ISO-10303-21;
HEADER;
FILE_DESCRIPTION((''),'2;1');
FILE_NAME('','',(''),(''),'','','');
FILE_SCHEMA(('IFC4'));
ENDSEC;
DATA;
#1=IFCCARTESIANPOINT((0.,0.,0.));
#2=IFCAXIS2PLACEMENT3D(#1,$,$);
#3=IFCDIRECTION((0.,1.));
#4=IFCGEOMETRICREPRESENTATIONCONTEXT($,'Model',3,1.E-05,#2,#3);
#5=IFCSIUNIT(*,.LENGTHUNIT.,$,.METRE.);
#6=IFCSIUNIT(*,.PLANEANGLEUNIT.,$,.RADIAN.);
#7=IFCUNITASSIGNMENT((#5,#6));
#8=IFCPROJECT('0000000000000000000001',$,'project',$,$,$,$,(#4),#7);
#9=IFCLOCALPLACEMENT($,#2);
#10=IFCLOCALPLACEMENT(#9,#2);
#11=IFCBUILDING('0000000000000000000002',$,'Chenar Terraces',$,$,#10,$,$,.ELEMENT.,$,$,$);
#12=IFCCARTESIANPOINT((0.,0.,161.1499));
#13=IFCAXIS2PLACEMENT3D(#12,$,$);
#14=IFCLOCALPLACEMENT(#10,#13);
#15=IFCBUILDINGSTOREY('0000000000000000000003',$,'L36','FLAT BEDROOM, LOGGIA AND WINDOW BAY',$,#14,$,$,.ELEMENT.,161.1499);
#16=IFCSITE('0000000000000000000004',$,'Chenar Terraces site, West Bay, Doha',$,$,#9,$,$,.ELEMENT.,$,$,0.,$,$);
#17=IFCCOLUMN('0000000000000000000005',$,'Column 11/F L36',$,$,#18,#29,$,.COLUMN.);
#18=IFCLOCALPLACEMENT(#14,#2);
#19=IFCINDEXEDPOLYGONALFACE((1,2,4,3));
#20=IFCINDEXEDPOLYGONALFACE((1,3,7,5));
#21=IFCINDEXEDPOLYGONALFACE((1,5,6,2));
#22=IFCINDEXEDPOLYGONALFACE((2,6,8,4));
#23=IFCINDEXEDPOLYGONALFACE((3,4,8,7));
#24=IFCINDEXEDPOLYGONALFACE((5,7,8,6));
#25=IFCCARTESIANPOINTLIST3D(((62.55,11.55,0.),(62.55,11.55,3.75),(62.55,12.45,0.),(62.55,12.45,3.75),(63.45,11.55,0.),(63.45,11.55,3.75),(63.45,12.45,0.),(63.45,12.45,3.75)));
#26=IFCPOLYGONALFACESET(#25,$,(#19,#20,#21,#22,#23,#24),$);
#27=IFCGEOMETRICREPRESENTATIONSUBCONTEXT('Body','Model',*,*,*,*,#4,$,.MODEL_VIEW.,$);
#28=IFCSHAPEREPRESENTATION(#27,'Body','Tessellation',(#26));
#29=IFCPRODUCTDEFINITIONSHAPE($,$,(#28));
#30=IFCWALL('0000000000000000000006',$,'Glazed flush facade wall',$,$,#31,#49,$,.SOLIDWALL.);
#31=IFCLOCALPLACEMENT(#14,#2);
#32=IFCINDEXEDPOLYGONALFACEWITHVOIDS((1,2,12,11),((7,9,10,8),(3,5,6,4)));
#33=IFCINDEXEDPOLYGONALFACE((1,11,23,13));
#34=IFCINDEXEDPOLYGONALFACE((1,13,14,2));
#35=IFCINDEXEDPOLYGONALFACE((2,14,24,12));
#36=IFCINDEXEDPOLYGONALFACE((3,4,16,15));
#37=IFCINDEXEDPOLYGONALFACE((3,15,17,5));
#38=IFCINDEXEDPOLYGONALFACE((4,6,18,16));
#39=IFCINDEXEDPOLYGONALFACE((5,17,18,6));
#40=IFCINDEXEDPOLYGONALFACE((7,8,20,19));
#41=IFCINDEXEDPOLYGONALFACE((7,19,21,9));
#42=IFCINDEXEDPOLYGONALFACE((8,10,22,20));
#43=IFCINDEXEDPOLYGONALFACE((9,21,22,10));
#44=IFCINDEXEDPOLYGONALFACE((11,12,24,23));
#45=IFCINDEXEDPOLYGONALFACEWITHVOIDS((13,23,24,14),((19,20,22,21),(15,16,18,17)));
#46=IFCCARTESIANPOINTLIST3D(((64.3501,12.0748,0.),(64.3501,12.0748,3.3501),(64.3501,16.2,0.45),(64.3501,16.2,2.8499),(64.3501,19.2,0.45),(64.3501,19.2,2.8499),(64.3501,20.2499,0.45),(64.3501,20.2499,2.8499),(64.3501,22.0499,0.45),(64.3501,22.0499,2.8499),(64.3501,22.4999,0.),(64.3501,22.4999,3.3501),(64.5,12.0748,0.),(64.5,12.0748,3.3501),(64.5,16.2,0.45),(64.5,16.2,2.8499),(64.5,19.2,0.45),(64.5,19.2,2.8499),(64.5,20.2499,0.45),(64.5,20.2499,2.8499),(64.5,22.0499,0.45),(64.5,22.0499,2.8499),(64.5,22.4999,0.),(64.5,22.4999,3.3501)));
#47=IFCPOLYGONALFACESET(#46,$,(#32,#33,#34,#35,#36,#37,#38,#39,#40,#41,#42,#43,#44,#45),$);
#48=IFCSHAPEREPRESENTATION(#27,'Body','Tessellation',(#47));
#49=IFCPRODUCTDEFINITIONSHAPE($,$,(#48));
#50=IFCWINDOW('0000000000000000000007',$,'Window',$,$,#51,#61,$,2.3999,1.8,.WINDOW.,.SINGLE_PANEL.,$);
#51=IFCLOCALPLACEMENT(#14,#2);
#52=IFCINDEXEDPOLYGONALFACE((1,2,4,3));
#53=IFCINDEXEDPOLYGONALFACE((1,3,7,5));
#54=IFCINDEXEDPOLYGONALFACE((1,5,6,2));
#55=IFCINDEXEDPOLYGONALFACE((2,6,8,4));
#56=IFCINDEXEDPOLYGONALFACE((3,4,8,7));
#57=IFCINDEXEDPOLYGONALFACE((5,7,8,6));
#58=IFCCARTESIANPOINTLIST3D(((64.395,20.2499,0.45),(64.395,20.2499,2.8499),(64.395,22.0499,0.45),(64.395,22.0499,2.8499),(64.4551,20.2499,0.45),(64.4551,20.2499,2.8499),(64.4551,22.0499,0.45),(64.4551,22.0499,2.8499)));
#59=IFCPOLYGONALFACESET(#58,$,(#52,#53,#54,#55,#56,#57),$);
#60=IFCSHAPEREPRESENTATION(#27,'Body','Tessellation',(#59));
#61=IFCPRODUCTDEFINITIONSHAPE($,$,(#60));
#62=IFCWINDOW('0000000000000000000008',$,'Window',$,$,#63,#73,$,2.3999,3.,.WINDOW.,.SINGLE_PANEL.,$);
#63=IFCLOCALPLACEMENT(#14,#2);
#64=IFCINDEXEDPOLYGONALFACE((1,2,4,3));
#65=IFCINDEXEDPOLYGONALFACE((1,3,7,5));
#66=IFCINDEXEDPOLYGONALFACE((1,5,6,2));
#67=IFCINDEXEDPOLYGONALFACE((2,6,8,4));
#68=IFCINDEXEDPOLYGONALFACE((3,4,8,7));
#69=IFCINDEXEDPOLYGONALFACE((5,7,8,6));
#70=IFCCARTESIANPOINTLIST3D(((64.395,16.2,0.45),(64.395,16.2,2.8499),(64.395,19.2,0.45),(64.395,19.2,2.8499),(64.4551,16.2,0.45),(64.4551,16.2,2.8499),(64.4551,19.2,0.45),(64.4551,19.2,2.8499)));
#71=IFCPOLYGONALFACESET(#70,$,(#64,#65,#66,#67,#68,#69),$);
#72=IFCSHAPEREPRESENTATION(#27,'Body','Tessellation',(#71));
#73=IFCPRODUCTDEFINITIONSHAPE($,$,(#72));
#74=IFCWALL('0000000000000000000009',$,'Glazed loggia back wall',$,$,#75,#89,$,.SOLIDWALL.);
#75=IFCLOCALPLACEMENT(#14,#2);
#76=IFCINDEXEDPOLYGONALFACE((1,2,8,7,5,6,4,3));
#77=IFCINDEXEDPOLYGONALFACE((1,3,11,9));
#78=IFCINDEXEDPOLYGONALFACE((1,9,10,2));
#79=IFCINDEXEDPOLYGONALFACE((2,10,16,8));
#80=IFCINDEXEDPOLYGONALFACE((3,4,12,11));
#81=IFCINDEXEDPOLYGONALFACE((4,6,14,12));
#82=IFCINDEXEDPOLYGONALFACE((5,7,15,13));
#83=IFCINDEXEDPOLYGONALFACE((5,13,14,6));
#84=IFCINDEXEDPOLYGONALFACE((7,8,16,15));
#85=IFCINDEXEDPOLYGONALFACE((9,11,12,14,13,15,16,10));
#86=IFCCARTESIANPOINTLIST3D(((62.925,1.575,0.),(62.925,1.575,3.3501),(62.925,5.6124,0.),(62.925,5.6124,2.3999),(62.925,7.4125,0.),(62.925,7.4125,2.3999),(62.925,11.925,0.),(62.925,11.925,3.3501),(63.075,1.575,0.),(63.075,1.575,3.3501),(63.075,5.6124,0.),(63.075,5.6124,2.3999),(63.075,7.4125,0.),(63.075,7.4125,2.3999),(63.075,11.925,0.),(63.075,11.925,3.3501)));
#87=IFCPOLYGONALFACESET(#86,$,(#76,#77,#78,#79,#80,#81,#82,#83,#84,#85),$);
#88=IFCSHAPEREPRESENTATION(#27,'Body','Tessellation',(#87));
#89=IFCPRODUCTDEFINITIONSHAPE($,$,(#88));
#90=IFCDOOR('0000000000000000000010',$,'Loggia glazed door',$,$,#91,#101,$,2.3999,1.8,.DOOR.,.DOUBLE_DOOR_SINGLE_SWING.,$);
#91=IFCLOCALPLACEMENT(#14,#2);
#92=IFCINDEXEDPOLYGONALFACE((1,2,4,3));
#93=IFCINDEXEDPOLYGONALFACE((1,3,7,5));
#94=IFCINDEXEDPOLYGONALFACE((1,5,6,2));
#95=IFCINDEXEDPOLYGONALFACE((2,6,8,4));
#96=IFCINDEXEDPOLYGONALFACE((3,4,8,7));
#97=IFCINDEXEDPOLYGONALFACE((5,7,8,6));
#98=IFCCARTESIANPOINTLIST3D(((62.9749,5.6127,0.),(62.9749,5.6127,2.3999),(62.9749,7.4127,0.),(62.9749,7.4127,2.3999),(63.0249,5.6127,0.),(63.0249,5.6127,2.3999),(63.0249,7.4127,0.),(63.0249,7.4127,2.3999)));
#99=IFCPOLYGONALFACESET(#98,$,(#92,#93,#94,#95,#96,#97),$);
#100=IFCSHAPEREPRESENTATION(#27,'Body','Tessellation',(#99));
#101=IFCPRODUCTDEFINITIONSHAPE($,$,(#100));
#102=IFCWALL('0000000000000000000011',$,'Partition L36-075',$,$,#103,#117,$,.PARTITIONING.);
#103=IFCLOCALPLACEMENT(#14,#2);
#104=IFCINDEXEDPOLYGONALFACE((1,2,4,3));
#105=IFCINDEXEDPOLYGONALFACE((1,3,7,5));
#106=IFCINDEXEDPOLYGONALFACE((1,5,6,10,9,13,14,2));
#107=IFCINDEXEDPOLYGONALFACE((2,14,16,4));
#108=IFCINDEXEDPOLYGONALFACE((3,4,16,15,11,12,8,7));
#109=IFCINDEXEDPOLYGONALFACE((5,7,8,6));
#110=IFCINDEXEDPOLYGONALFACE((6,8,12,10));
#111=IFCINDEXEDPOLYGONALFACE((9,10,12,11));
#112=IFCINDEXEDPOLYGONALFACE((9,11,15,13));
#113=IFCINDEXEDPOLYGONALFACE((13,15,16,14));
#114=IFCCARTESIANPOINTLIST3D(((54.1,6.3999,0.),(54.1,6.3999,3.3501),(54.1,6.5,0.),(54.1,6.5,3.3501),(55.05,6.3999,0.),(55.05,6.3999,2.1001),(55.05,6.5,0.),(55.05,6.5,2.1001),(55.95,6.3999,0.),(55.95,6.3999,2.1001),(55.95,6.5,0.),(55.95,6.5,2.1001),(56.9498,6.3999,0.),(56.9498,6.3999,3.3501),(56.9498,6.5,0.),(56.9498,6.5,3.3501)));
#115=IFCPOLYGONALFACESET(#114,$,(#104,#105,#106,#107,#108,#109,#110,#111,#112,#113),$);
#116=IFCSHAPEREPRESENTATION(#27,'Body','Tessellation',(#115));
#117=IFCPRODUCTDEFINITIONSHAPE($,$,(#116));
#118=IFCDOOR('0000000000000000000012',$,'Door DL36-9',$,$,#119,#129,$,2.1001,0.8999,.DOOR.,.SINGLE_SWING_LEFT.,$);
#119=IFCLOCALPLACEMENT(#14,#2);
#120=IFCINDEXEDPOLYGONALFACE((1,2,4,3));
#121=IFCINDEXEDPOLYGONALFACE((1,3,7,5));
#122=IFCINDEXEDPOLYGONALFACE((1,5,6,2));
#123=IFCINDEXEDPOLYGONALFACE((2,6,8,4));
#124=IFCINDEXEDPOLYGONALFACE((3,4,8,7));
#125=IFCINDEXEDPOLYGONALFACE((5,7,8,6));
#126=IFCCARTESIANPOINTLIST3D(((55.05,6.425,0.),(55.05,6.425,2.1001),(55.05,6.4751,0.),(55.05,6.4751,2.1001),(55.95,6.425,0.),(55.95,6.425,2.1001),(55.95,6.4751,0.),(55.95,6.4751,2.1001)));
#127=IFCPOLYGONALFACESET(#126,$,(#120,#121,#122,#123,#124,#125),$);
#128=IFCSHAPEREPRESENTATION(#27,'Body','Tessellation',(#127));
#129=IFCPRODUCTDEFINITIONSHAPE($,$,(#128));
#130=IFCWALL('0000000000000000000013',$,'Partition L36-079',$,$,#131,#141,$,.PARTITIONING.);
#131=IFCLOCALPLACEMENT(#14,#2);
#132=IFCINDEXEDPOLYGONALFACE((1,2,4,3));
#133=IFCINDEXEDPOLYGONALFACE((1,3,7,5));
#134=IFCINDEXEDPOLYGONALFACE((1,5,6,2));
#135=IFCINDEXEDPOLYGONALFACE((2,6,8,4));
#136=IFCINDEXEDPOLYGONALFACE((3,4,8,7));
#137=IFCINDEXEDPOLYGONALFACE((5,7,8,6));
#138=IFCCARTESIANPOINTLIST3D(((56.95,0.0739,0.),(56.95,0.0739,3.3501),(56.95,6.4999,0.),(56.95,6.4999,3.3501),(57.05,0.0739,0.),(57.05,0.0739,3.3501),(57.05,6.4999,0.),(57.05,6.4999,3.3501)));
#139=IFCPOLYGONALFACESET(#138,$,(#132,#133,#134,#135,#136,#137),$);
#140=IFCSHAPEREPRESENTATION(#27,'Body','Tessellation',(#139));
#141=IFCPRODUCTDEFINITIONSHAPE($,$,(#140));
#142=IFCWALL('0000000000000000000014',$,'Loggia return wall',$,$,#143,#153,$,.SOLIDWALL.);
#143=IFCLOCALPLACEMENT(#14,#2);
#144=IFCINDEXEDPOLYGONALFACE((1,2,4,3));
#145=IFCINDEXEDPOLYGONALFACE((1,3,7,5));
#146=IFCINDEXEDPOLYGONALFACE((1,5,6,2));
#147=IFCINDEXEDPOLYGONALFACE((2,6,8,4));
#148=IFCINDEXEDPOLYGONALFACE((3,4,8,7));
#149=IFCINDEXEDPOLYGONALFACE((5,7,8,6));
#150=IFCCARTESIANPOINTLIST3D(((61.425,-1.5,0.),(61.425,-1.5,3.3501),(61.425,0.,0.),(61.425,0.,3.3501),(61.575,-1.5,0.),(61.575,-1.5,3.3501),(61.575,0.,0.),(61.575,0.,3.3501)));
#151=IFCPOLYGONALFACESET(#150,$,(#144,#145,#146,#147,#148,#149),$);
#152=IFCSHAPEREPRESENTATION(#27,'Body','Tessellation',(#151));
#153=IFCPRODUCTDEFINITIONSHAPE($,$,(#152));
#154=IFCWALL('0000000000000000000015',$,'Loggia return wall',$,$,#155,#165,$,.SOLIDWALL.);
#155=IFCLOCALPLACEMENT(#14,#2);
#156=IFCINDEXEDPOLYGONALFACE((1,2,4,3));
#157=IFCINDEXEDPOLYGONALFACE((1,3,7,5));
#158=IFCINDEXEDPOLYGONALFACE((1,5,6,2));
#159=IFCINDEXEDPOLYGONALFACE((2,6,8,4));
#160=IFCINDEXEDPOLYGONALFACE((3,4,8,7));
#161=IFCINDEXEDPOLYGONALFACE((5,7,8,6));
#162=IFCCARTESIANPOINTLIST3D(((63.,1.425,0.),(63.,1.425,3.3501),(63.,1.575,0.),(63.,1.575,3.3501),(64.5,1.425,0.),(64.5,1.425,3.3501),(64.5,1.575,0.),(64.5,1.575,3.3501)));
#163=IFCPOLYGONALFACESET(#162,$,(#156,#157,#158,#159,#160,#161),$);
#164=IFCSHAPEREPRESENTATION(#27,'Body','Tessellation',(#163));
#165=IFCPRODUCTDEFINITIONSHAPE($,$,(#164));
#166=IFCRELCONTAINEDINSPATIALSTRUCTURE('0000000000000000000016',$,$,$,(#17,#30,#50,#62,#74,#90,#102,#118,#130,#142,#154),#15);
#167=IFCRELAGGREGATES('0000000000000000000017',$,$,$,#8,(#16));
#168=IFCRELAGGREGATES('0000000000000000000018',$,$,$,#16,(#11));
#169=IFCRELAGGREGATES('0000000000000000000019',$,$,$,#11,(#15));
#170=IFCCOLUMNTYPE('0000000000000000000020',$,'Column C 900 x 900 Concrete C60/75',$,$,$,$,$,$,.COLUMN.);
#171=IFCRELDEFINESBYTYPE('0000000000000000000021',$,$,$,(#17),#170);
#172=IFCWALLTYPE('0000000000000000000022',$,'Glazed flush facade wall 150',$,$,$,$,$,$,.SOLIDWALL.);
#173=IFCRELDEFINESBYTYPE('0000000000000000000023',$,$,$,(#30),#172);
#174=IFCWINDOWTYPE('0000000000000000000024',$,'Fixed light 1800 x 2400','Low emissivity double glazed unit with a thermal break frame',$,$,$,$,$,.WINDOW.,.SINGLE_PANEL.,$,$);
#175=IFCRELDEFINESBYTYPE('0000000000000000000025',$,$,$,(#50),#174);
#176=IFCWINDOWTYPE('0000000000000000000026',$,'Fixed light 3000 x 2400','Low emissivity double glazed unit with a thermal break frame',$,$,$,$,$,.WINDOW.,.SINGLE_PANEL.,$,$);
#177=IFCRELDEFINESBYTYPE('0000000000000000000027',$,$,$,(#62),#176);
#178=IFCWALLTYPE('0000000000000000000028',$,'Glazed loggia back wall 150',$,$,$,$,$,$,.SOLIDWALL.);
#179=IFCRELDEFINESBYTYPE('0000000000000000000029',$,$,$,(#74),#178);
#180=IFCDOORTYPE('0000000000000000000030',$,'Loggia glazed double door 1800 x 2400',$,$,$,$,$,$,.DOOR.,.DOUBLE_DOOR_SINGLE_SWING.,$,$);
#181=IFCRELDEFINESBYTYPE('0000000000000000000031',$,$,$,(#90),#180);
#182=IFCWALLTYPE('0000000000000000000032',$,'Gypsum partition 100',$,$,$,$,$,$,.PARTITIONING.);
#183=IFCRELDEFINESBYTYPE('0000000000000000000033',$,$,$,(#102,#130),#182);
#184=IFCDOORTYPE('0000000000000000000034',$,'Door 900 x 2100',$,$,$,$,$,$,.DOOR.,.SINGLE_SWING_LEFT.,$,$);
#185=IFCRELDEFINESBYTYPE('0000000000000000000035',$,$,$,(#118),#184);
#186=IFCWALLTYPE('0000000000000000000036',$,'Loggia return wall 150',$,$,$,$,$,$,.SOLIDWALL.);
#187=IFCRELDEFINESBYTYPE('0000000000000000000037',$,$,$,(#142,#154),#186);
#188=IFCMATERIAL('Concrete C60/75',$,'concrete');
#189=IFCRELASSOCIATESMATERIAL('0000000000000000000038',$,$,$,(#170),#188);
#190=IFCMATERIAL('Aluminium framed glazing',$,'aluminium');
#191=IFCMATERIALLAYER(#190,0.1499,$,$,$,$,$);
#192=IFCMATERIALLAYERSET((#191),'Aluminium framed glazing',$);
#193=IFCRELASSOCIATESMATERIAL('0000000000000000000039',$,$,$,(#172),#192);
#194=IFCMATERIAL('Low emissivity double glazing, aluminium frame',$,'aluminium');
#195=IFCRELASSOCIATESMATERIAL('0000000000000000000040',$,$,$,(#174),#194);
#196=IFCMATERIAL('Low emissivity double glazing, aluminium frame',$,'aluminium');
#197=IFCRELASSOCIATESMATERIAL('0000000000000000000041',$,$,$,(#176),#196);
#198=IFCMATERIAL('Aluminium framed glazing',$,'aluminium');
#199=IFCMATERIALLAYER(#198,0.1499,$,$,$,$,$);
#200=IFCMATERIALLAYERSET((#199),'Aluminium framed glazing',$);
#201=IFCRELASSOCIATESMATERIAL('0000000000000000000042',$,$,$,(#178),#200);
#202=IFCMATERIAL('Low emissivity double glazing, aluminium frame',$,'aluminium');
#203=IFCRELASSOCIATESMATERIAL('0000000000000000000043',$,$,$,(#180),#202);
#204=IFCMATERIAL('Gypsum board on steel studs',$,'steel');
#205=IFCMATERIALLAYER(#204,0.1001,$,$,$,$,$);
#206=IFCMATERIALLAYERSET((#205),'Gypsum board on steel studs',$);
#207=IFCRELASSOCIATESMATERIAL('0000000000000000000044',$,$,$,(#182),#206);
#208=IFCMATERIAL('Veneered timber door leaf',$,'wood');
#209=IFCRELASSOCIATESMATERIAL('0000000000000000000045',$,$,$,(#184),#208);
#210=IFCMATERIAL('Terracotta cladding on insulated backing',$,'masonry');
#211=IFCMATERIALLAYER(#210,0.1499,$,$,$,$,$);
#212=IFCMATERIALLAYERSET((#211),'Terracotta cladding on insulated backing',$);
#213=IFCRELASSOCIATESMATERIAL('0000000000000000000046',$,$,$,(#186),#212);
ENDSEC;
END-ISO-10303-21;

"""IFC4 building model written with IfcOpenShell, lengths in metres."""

from ifc_helpers import new_model, si_unit, direction, frame, frame_2d, origin, origin_2d, place, context, subcontext, project, spatial, rectangle, extrude, material, layer, layer_set, material_profile, profile_set, type_object, element, fill, save


model = new_model("IFC4")

# Units and contexts
model_context = context("Model", 3, precision=1e-05, world=origin(), true_north=direction((0.0, 1.0)))
body_context = subcontext(model_context, "Body", "Model", "MODEL_VIEW")
ifc_project = project(units=[si_unit("LENGTHUNIT", "METRE"), si_unit("PLANEANGLEUNIT", "RADIAN")], contexts=[model_context])

# Site, building, storey
site_placement = place(None, origin())
site = spatial("IfcSite", under=ifc_project, at=site_placement, Name="Chenar Terraces site, West Bay, Doha", CompositionType="ELEMENT", RefElevation=0.0)
building_placement = place(site_placement, origin())
building = spatial("IfcBuilding", under=site, at=building_placement, Name="Chenar Terraces", CompositionType="ELEMENT")
storey_placement = place(building_placement, frame((0.0, 0.0, 161.1499)))
storey = spatial("IfcBuildingStorey", under=building, at=storey_placement, Name="L36", Description="FLAT BEDROOM, LOGGIA AND WINDOW BAY", CompositionType="ELEMENT", Elevation=161.1499)

# Column
ifc_material_1 = material(Name="Concrete C60/75", Category="concrete")
ifc_material_profile = material_profile(ifc_material_1, rectangle(XDim=0.8999, YDim=0.8999, at=origin_2d()), Name="C 900 x 900")
ifc_profile_set = profile_set([ifc_material_profile], Name="Concrete C60/75")
column_type = type_object("IfcColumnType", Name="Column C 900 x 900 Concrete C60/75", PredefinedType="COLUMN", material=ifc_profile_set)
column_placement = place(storey_placement, frame((63.0, 12.0, 0.0), z_axis=(0.0, 0.0, 1.0), x_axis=(1.0, 0.0, 0.0)))
element("IfcColumn", 1, at=column_placement, inside=storey, type_object=column_type, Name="Column 11/F L36", PredefinedType="COLUMN", context=body_context, shape_type="SweptSolid", body=[
    extrude(rectangle(XDim=0.8999, YDim=0.8999, at=origin_2d()), origin(), (0.0, 0.0, 1.0), 3.75),
])

# Wall, openings, windows
ifc_material_2 = material(Name="Aluminium framed glazing", Category="aluminium")
ifc_layer_1 = layer(ifc_material_2, 0.1499)
ifc_layer_set_1 = layer_set([ifc_layer_1], Name="Aluminium framed glazing")
wall_type_1 = type_object("IfcWallType", Name="Glazed flush facade wall 150", PredefinedType="SOLIDWALL", material=ifc_layer_set_1)
wall_1_placement = place(storey_placement, frame((64.425, 12.075, 0.0), z_axis=(0.0, 0.0, 1.0), x_axis=(0.0, 1.0, 0.0)))
wall_1 = element("IfcWall", 2, at=wall_1_placement, inside=storey, type_object=wall_type_1, Name="Glazed flush facade wall", PredefinedType="SOLIDWALL", context=body_context, shape_type="SweptSolid", body=[
    extrude(rectangle(XDim=10.425, YDim=0.1499, at=frame_2d((5.2124, 0.0))), origin(), (0.0, 0.0, 1.0), 3.3501),
])
opening_1_placement = place(wall_1_placement, frame((4.125, 0.0, 0.45)))
opening_1 = element("IfcOpeningElement", 3, at=opening_1_placement, cuts=wall_1, PredefinedType="OPENING", context=body_context, shape_type="SweptSolid", body=[
    extrude(rectangle(XDim=3.0, YDim=2.3999, at=frame_2d((1.5, 1.2))), frame((0.0, 0.085, 0.0), z_axis=(0.0, -1.0, 0.0), x_axis=(1.0, 0.0, 0.0)), (0.0, 0.0, 1.0), 0.1699),
])
opening_2_placement = place(wall_1_placement, frame((8.175, 0.0, 0.45)))
opening_2 = element("IfcOpeningElement", 4, at=opening_2_placement, cuts=wall_1, PredefinedType="OPENING", context=body_context, shape_type="SweptSolid", body=[
    extrude(rectangle(XDim=1.8, YDim=2.3999, at=frame_2d((0.8999, 1.2))), frame((0.0, 0.085, 0.0), z_axis=(0.0, -1.0, 0.0), x_axis=(1.0, 0.0, 0.0)), (0.0, 0.0, 1.0), 0.1699),
])
ifc_material_3 = material(Name="Low emissivity double glazing, aluminium frame", Category="aluminium")
window_type_1 = type_object("IfcWindowType", Name="Fixed light 1800 x 2400", Description="Low emissivity double glazed unit with a thermal break frame", PartitioningType="SINGLE_PANEL", PredefinedType="WINDOW", material=ifc_material_3)
window_1_placement = place(opening_2_placement, origin())
window_1 = element("IfcWindow", 5, at=window_1_placement, inside=storey, type_object=window_type_1, Name="Window", OverallHeight=2.3999, OverallWidth=1.8, PartitioningType="SINGLE_PANEL", PredefinedType="WINDOW", context=body_context, shape_type="SweptSolid", body=[
    extrude(rectangle(XDim=1.8, YDim=2.3999, at=frame_2d((0.8999, 1.2))), frame((0.0, 0.03, 0.0), z_axis=(0.0, -1.0, 0.0), x_axis=(1.0, 0.0, 0.0)), (0.0, 0.0, 1.0), 0.0601),
])
fill(opening_2, window_1)
ifc_material_4 = material(Name="Low emissivity double glazing, aluminium frame", Category="aluminium")
window_type_2 = type_object("IfcWindowType", Name="Fixed light 3000 x 2400", Description="Low emissivity double glazed unit with a thermal break frame", PartitioningType="SINGLE_PANEL", PredefinedType="WINDOW", material=ifc_material_4)
window_2_placement = place(opening_1_placement, origin())
window_2 = element("IfcWindow", 6, at=window_2_placement, inside=storey, type_object=window_type_2, Name="Window", OverallHeight=2.3999, OverallWidth=3.0, PartitioningType="SINGLE_PANEL", PredefinedType="WINDOW", context=body_context, shape_type="SweptSolid", body=[
    extrude(rectangle(XDim=3.0, YDim=2.3999, at=frame_2d((1.5, 1.2))), frame((0.0, 0.03, 0.0), z_axis=(0.0, -1.0, 0.0), x_axis=(1.0, 0.0, 0.0)), (0.0, 0.0, 1.0), 0.0601),
])
fill(opening_1, window_2)

# Walls, openings, doors
ifc_material_5 = material(Name="Aluminium framed glazing", Category="aluminium")
ifc_layer_2 = layer(ifc_material_5, 0.1499)
ifc_layer_set_2 = layer_set([ifc_layer_2], Name="Aluminium framed glazing")
wall_type_2 = type_object("IfcWallType", Name="Glazed loggia back wall 150", PredefinedType="SOLIDWALL", material=ifc_layer_set_2)
wall_2_placement = place(storey_placement, frame((63.0, 1.575, 0.0), z_axis=(0.0, 0.0, 1.0), x_axis=(0.0, 1.0, 0.0)))
wall_2 = element("IfcWall", 7, at=wall_2_placement, inside=storey, type_object=wall_type_2, Name="Glazed loggia back wall", PredefinedType="SOLIDWALL", context=body_context, shape_type="SweptSolid", body=[
    extrude(rectangle(XDim=10.3501, YDim=0.1499, at=frame_2d((5.175, 0.0))), origin(), (0.0, 0.0, 1.0), 3.3501),
])
opening_3_placement = place(wall_2_placement, frame((4.0376, 0.0, 0.0)))
opening_3 = element("IfcOpeningElement", 8, at=opening_3_placement, cuts=wall_2, PredefinedType="OPENING", context=body_context, shape_type="SweptSolid", body=[
    extrude(rectangle(XDim=1.8, YDim=2.3999, at=frame_2d((0.8999, 1.2))), frame((0.0, 0.085, 0.0), z_axis=(0.0, -1.0, 0.0), x_axis=(1.0, 0.0, 0.0)), (0.0, 0.0, 1.0), 0.1699),
])
ifc_material_6 = material(Name="Low emissivity double glazing, aluminium frame", Category="aluminium")
door_type_1 = type_object("IfcDoorType", Name="Loggia glazed double door 1800 x 2400", OperationType="DOUBLE_DOOR_SINGLE_SWING", PredefinedType="DOOR", material=ifc_material_6)
door_1_placement = place(opening_3_placement, frame((1.8, 0.0, 0.0), z_axis=(0.0, 0.0, 1.0), x_axis=(-1.0, 0.0, 0.0)))
door_1 = element("IfcDoor", 9, at=door_1_placement, inside=storey, type_object=door_type_1, Name="Loggia glazed door", OperationType="DOUBLE_DOOR_SINGLE_SWING", OverallHeight=2.3999, OverallWidth=1.8, PredefinedType="DOOR", context=body_context, shape_type="SweptSolid", body=[
    extrude(rectangle(XDim=1.8, YDim=2.3999, at=frame_2d((0.8999, 1.2))), frame((0.0, 0.0249, 0.0), z_axis=(0.0, -1.0, 0.0), x_axis=(1.0, 0.0, 0.0)), (0.0, 0.0, 1.0), 0.05),
])
fill(opening_3, door_1)
ifc_material_7 = material(Name="Gypsum board on steel studs", Category="steel")
ifc_layer_3 = layer(ifc_material_7, 0.1001)
ifc_layer_set_3 = layer_set([ifc_layer_3], Name="Gypsum board on steel studs")
wall_type_3 = type_object("IfcWallType", Name="Gypsum partition 100", PredefinedType="PARTITIONING", material=ifc_layer_set_3)
wall_3_placement = place(storey_placement, frame((54.1001, 6.45, 0.0), z_axis=(0.0, 0.0, 1.0), x_axis=(1.0, 0.0, 0.0)))
wall_3 = element("IfcWall", 10, at=wall_3_placement, inside=storey, type_object=wall_type_3, Name="Partition L36-075", PredefinedType="PARTITIONING", context=body_context, shape_type="SweptSolid", body=[
    extrude(rectangle(XDim=2.8499, YDim=0.1001, at=frame_2d((1.4248, 0.0))), origin(), (0.0, 0.0, 1.0), 3.3501),
])
opening_4_placement = place(wall_3_placement, frame((0.95, 0.0, 0.0)))
opening_4 = element("IfcOpeningElement", 11, at=opening_4_placement, cuts=wall_3, PredefinedType="OPENING", context=body_context, shape_type="SweptSolid", body=[
    extrude(rectangle(XDim=0.8999, YDim=2.1001, at=frame_2d((0.45, 1.05))), frame((0.0, 0.0601, 0.0), z_axis=(0.0, -1.0, 0.0), x_axis=(1.0, 0.0, 0.0)), (0.0, 0.0, 1.0), 0.1201),
])
ifc_material_8 = material(Name="Veneered timber door leaf", Category="wood")
door_type_2 = type_object("IfcDoorType", Name="Door 900 x 2100", OperationType="SINGLE_SWING_LEFT", PredefinedType="DOOR", material=ifc_material_8)
door_2_placement = place(opening_4_placement, frame((0.8999, 0.0, 0.0), z_axis=(0.0, 0.0, 1.0), x_axis=(-1.0, 0.0, 0.0)))
door_2 = element("IfcDoor", 12, at=door_2_placement, inside=storey, type_object=door_type_2, Name="Door DL36-9", OperationType="SINGLE_SWING_LEFT", OverallHeight=2.1001, OverallWidth=0.8999, PredefinedType="DOOR", context=body_context, shape_type="SweptSolid", body=[
    extrude(rectangle(XDim=0.8999, YDim=2.1001, at=frame_2d((0.45, 1.05))), frame((0.0, 0.0249, 0.0), z_axis=(0.0, -1.0, 0.0), x_axis=(1.0, 0.0, 0.0)), (0.0, 0.0, 1.0), 0.05),
])
fill(opening_4, door_2)

# Walls
wall_4_placement = place(storey_placement, frame((57.0, 0.074, 0.0), z_axis=(0.0, 0.0, 1.0), x_axis=(0.0, 1.0, 0.0)))
element("IfcWall", 13, at=wall_4_placement, inside=storey, type_object=wall_type_3, Name="Partition L36-079", PredefinedType="PARTITIONING", context=body_context, shape_type="SweptSolid", body=[
    extrude(rectangle(XDim=6.426, YDim=0.1001, at=frame_2d((3.2129, 0.0))), origin(), (0.0, 0.0, 1.0), 3.3501),
])
ifc_material_9 = material(Name="Terracotta cladding on insulated backing", Category="masonry")
ifc_layer_4 = layer(ifc_material_9, 0.1499)
ifc_layer_set_4 = layer_set([ifc_layer_4], Name="Terracotta cladding on insulated backing")
wall_type_4 = type_object("IfcWallType", Name="Loggia return wall 150", PredefinedType="SOLIDWALL", material=ifc_layer_set_4)
for number, where, z_axis, x_axis, name in (
    (14, (61.5, -1.5, 0.0), (0.0, 0.0, 1.0), (0.0, 1.0, 0.0), "Loggia return wall"),
    (15, (64.5, 1.5, 0.0), (0.0, 0.0, 1.0), (-1.0, 0.0, 0.0), "Loggia return wall"),
):
    element("IfcWall", number, at=place(storey_placement, frame(where, z_axis=z_axis, x_axis=x_axis)), inside=storey, type_object=wall_type_4, Name=name, PredefinedType="SOLIDWALL", context=body_context, shape_type="SweptSolid", body=[
        extrude(rectangle(XDim=1.5, YDim=0.1499, at=frame_2d((0.75, 0.0))), origin(), (0.0, 0.0, 1.0), 3.3501),
    ])

save(model, "model.ifc")
